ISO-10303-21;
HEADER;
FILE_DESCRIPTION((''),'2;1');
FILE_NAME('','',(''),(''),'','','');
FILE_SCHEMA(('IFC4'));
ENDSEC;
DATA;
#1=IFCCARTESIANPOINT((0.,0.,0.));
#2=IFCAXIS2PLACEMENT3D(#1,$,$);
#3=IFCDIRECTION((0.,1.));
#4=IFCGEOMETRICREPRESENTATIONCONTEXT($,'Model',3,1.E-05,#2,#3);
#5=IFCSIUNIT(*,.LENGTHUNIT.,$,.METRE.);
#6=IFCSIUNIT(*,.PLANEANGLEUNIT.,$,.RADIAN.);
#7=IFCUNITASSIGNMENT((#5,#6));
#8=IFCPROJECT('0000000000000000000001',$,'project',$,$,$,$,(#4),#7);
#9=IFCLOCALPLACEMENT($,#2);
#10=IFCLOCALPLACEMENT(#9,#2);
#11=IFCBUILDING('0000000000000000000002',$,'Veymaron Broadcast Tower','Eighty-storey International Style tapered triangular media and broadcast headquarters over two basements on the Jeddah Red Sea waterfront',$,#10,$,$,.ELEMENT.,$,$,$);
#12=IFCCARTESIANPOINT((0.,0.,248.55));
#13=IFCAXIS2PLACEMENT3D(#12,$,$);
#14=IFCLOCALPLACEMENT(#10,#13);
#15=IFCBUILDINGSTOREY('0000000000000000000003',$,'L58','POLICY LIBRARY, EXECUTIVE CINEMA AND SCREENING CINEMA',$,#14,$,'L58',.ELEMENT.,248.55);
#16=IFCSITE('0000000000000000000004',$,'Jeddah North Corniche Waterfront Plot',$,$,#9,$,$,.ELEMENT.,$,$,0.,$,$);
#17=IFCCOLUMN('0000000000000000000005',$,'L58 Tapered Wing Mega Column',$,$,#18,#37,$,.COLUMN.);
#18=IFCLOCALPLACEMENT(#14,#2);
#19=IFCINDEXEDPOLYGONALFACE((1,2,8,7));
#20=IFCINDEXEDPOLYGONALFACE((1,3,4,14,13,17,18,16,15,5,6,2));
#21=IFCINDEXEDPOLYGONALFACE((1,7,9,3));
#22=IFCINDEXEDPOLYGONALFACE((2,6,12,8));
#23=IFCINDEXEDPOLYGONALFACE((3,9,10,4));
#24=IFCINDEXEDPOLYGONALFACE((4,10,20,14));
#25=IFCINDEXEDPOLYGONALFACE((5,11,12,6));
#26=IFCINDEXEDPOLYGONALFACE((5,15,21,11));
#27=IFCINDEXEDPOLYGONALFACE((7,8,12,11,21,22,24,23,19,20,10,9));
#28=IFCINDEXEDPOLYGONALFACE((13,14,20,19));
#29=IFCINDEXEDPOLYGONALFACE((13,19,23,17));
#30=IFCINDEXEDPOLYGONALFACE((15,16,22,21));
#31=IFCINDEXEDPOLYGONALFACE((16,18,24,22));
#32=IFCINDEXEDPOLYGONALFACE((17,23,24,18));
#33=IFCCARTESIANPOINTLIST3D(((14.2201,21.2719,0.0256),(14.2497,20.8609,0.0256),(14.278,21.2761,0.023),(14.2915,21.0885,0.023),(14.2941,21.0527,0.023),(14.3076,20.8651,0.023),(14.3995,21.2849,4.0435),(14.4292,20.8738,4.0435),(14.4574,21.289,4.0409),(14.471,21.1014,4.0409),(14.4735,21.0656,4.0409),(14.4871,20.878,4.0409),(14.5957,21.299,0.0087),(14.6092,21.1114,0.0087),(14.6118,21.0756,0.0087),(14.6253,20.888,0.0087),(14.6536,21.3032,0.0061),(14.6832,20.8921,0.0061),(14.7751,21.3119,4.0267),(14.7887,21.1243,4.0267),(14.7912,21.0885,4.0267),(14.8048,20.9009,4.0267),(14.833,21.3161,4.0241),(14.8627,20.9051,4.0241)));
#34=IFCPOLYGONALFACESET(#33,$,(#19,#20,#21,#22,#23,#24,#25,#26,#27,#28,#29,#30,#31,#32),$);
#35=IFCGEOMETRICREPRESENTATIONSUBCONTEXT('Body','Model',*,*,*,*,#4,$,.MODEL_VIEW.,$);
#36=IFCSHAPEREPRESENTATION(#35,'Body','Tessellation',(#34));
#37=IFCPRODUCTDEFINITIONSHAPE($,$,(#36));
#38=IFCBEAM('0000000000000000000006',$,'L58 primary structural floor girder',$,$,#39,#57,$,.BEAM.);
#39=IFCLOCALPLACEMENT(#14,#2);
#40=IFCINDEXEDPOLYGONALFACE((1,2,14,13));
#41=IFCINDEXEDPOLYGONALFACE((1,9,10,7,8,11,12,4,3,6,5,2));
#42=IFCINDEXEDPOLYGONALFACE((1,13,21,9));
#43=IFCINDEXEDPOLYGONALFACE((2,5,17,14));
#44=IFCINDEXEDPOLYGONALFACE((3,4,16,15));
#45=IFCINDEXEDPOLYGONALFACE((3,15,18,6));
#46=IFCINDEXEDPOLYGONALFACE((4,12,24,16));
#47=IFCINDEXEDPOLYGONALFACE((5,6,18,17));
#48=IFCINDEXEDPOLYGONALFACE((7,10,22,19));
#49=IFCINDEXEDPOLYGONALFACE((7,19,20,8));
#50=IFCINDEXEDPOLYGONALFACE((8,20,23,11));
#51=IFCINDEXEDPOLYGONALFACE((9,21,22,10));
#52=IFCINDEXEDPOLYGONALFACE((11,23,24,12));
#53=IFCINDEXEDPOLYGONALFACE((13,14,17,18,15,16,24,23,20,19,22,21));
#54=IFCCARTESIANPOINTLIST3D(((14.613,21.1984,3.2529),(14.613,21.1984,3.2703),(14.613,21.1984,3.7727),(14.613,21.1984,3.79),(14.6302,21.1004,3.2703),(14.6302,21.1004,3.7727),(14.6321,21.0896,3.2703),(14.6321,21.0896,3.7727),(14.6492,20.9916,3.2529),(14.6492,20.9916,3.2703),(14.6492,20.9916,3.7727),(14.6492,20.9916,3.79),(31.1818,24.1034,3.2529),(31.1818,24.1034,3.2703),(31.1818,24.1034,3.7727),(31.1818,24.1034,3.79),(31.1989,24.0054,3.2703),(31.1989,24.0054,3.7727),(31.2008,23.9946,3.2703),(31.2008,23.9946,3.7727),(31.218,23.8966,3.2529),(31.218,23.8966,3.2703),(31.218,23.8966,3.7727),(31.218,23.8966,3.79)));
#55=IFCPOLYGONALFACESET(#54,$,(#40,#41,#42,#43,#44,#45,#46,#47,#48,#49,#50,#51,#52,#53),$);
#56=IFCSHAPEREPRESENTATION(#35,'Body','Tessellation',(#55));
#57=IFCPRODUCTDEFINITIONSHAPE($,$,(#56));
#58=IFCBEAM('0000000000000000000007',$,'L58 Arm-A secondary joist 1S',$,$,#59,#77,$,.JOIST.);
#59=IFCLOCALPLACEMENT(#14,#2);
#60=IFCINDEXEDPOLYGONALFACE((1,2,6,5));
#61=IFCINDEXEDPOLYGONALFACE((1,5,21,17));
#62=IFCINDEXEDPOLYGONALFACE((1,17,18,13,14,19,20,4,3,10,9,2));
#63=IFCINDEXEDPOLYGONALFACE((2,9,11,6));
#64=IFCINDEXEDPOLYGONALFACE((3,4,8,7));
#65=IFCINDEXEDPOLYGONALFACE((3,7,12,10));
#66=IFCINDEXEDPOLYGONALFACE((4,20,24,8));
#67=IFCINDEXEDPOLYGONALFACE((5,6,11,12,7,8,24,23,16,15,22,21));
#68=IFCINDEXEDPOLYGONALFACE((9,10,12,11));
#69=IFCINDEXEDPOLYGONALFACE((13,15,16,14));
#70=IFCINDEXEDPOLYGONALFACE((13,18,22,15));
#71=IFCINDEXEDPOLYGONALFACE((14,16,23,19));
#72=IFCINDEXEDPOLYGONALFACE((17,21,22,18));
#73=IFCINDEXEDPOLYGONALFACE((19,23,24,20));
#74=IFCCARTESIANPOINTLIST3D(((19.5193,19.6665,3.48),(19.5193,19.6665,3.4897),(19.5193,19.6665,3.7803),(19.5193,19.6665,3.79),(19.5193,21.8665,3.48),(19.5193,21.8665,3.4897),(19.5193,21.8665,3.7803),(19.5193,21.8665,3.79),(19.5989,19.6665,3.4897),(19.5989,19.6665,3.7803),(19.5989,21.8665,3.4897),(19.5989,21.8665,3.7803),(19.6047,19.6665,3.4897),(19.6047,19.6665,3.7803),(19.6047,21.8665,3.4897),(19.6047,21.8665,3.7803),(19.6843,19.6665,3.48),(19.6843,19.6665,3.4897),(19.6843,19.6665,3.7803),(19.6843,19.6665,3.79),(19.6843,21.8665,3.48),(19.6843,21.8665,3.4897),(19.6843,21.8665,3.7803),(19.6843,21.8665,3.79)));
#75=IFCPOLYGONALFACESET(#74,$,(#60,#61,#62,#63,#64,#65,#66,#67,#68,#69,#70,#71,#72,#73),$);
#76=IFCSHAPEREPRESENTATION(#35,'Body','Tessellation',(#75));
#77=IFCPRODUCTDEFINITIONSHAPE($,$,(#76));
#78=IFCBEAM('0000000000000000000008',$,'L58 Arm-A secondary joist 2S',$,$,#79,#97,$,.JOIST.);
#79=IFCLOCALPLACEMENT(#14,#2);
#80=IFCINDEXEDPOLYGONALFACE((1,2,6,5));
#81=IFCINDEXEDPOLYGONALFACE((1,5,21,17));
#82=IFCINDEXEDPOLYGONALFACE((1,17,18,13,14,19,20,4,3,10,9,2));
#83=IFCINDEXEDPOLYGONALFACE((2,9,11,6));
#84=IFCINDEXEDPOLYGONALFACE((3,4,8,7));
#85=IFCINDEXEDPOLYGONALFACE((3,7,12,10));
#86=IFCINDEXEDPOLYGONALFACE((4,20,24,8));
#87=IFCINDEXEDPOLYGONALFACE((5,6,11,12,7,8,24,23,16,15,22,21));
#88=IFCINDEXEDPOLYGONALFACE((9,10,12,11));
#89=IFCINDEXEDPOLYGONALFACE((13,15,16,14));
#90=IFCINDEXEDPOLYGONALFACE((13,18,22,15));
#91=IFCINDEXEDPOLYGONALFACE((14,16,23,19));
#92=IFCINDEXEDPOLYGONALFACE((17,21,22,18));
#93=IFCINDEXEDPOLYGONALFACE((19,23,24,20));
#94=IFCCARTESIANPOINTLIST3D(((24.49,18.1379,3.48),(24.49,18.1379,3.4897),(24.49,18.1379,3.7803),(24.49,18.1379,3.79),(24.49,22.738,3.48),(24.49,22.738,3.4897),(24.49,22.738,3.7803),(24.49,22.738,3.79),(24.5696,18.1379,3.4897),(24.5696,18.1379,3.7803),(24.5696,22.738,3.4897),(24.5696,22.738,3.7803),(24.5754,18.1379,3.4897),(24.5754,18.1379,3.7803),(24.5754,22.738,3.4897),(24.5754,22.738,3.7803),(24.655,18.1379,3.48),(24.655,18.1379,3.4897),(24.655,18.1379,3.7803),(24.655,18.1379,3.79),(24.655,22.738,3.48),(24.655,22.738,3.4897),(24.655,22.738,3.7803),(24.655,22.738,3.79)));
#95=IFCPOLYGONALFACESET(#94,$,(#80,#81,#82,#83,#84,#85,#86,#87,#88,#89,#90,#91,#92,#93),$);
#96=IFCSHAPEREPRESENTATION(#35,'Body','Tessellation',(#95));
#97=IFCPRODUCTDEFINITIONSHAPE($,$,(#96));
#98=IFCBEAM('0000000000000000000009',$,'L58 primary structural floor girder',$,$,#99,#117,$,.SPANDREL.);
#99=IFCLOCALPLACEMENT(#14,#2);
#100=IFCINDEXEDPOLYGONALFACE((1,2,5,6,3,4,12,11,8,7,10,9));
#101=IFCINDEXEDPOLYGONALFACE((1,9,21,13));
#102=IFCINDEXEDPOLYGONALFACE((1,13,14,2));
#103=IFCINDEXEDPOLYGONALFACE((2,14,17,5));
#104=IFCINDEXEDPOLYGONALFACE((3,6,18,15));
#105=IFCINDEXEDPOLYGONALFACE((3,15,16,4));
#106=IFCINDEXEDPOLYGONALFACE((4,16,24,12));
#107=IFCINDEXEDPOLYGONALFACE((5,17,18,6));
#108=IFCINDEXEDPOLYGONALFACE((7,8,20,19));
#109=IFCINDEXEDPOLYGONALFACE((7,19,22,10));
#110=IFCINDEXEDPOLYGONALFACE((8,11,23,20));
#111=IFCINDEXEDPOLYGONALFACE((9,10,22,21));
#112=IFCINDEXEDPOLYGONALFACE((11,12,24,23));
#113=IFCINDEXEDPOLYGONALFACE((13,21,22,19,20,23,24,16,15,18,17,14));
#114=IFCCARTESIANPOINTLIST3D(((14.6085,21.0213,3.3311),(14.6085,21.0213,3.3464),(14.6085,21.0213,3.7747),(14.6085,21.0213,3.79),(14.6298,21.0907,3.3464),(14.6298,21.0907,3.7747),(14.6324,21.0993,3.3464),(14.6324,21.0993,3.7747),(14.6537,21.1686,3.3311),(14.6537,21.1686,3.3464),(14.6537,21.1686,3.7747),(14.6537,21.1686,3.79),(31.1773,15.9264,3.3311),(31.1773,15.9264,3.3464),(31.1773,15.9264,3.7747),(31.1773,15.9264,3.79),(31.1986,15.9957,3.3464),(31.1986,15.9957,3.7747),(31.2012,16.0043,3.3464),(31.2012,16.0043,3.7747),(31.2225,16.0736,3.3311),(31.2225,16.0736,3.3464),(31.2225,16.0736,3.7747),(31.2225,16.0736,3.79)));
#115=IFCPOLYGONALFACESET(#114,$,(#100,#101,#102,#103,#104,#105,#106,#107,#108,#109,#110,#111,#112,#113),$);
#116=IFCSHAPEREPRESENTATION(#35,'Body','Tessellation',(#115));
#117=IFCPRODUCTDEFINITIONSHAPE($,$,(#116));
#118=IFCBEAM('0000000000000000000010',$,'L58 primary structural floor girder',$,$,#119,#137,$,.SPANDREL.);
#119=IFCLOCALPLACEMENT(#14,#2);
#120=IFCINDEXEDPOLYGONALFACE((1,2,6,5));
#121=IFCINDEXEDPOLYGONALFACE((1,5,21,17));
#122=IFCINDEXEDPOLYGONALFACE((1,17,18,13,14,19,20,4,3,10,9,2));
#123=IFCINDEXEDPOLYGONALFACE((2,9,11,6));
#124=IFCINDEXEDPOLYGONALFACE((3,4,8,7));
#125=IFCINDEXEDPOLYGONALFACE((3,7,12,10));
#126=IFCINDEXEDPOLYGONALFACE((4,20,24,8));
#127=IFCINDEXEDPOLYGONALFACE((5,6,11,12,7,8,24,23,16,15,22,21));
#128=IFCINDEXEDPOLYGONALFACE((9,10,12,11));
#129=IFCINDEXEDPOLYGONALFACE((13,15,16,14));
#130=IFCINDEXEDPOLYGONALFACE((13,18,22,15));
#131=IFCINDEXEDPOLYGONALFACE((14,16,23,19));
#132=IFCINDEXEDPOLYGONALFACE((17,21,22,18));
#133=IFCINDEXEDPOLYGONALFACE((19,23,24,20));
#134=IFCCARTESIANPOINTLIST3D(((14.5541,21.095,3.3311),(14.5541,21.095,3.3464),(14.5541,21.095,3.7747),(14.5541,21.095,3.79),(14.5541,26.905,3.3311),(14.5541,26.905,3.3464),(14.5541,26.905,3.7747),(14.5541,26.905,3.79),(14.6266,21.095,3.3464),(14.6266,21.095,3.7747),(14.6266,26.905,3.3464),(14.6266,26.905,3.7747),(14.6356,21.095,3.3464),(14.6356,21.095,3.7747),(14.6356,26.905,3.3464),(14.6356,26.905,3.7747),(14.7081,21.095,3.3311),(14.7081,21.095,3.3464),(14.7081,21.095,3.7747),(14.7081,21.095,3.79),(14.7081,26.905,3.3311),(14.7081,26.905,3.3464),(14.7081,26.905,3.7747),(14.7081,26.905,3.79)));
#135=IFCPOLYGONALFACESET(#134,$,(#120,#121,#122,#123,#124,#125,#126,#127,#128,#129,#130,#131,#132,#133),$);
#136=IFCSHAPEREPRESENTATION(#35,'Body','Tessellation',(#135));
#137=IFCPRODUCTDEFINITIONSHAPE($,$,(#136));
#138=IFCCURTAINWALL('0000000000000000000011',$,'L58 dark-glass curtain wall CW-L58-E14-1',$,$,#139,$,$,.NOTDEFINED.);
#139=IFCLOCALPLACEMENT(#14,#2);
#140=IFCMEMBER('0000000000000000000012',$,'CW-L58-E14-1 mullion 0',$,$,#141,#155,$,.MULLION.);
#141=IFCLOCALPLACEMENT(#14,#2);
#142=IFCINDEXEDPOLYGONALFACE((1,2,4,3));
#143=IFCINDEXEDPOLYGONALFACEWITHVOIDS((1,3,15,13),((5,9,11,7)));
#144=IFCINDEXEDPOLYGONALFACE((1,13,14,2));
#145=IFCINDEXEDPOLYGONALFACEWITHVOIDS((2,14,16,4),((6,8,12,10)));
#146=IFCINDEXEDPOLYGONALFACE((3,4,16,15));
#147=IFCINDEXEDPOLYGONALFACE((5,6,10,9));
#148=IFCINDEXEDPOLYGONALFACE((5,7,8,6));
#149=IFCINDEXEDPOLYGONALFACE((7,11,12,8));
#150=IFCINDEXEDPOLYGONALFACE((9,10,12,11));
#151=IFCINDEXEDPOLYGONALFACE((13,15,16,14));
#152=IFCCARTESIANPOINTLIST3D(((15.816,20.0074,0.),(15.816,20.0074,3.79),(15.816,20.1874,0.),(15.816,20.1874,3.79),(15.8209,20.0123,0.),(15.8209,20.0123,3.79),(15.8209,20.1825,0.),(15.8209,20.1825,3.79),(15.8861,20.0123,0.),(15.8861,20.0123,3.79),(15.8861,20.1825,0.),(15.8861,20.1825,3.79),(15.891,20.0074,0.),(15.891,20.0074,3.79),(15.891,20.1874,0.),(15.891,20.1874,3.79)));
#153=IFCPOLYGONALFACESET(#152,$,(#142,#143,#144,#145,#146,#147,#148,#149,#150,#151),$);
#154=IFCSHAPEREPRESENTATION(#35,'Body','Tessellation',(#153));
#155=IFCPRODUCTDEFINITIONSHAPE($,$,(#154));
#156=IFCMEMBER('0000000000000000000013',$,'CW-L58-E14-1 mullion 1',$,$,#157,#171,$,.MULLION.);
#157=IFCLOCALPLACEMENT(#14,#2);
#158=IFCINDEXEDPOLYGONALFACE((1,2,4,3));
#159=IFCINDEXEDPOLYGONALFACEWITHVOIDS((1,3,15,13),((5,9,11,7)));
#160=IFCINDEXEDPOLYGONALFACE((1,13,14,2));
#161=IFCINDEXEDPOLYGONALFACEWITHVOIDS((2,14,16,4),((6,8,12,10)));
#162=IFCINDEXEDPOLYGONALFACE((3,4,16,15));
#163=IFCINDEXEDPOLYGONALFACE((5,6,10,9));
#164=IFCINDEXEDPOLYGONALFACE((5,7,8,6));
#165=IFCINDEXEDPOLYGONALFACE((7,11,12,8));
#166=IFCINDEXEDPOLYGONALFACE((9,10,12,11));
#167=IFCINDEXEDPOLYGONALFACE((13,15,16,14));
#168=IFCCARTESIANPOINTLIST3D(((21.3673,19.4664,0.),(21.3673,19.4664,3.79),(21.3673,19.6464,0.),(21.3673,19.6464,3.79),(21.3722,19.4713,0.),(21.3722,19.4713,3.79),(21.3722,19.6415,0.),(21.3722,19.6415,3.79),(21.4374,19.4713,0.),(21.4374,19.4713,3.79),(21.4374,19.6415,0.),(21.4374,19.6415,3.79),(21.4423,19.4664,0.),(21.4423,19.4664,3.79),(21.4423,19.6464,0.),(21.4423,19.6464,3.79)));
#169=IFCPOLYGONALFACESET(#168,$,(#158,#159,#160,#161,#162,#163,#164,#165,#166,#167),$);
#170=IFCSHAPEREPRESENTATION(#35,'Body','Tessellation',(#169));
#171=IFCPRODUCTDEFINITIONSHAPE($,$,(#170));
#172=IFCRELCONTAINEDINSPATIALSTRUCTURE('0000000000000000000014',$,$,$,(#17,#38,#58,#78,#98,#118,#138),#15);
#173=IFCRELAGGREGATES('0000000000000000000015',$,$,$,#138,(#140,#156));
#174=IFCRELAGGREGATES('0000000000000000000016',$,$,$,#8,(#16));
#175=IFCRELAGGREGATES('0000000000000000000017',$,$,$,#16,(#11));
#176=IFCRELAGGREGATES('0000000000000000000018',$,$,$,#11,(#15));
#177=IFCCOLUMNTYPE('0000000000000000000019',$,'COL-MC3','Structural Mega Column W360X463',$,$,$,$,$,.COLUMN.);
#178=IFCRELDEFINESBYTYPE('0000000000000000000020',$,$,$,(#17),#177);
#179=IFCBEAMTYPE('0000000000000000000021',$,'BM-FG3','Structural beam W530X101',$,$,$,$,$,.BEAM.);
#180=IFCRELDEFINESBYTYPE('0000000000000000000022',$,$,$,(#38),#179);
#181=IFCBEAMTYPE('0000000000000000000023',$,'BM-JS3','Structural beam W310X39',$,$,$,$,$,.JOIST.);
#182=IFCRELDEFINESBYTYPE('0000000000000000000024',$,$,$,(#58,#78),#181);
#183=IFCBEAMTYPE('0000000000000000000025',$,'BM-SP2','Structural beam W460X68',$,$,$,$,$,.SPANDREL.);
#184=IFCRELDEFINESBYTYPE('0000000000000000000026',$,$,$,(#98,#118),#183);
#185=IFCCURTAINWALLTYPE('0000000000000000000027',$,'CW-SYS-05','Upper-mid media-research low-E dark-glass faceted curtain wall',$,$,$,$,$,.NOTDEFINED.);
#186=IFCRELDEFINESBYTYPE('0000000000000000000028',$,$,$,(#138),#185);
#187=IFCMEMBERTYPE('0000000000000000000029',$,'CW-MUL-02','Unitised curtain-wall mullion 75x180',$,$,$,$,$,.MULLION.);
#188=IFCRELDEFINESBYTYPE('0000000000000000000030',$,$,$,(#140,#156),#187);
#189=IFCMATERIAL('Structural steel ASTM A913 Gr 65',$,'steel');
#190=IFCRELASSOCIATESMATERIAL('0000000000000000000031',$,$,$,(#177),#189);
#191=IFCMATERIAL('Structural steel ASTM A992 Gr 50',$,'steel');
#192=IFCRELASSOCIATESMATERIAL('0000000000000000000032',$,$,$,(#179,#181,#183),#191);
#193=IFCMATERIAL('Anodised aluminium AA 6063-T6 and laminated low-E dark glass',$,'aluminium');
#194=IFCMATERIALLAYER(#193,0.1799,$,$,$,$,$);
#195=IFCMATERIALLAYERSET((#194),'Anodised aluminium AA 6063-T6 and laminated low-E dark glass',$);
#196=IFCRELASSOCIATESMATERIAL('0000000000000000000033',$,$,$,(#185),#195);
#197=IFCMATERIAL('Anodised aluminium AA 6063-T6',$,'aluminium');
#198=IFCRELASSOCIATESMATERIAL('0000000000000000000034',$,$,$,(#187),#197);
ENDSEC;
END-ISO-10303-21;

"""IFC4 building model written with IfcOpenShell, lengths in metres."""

from ifc_helpers import new_model, si_unit, direction, frame, origin, origin_2d, place, context, subcontext, project, spatial, hollow_rectangle, i_section, extrude, material, layer, layer_set, material_profile, profile_set, type_object, element, aggregate, save


model = new_model("IFC4")

# Units and contexts
model_context = context("Model", 3, precision=1e-05, world=origin(), true_north=direction((0.0, 1.0)))
body_context = subcontext(model_context, "Body", "Model", "MODEL_VIEW")
ifc_project = project(units=[si_unit("LENGTHUNIT", "METRE"), si_unit("PLANEANGLEUNIT", "RADIAN")], contexts=[model_context])

# Site, building, storey
site_placement = place(None, origin())
site = spatial("IfcSite", under=ifc_project, at=site_placement, Name="Jeddah North Corniche Waterfront Plot", CompositionType="ELEMENT", RefElevation=0.0)
building_placement = place(site_placement, origin())
building = spatial("IfcBuilding", under=site, at=building_placement, Name="Veymaron Broadcast Tower", Description="Eighty-storey International Style tapered triangular media and broadcast headquarters over two basements on the Jeddah Red Sea waterfront", CompositionType="ELEMENT")
storey_placement = place(building_placement, frame((0.0, 0.0, 248.55)))
storey = spatial("IfcBuildingStorey", under=building, at=storey_placement, Name="L58", Description="POLICY LIBRARY, EXECUTIVE CINEMA AND SCREENING CINEMA", LongName="L58", CompositionType="ELEMENT", Elevation=248.55)

# Column
ifc_material_1 = material(Name="Structural steel ASTM A913 Gr 65", Category="steel")
ifc_material_profile_1 = material_profile(ifc_material_1, i_section(OverallWidth=0.4121, OverallDepth=0.4351, WebThickness=0.0359, FlangeThickness=0.0581, at=origin_2d()), Name="W360X463")
ifc_profile_set_1 = profile_set([ifc_material_profile_1], Name="Structural steel ASTM A913 Gr 65")
column_type = type_object("IfcColumnType", Name="COL-MC3", Description="Structural Mega Column W360X463", PredefinedType="COLUMN", material=ifc_profile_set_1)
column_placement = place(storey_placement, frame((14.4517, 21.082, 0.0159), z_axis=(0.044614, 0.003217, 0.998999), x_axis=(-0.071922, 0.99741, 0.0)))
element("IfcColumn", 1, at=column_placement, inside=storey, type_object=column_type, Name="L58 Tapered Wing Mega Column", PredefinedType="COLUMN", context=body_context, shape_type="SweptSolid", body=[
    extrude(i_section(OverallWidth=0.4121, OverallDepth=0.4351, WebThickness=0.0359, FlangeThickness=0.0581, at=origin_2d()), origin(), (0.0, 0.0, 1.0), 4.022),
])

# Beams
ifc_material_2 = material(Name="Structural steel ASTM A992 Gr 50", Category="steel")
ifc_material_profile_2 = material_profile(ifc_material_2, i_section(OverallWidth=0.21, OverallDepth=0.5371, WebThickness=0.011, FlangeThickness=0.0173, at=origin_2d()), Name="W530X101")
ifc_profile_set_2 = profile_set([ifc_material_profile_2], Name="Structural steel ASTM A992 Gr 50")
beam_type_1 = type_object("IfcBeamType", Name="BM-FG3", Description="Structural beam W530X101", PredefinedType="BEAM", material=ifc_profile_set_2)
beam_1_placement = place(storey_placement, frame((14.6311, 21.095, 3.5215), z_axis=(0.984975, 0.172696, 0.0), x_axis=(-0.172696, 0.984975, 0.0)))
element("IfcBeam", 2, at=beam_1_placement, inside=storey, type_object=beam_type_1, Name="L58 primary structural floor girder", PredefinedType="BEAM", context=body_context, shape_type="SweptSolid", body=[
    extrude(i_section(OverallWidth=0.21, OverallDepth=0.5371, WebThickness=0.011, FlangeThickness=0.0173, at=origin_2d()), origin(), (0.0, 0.0, 1.0), 16.8215),
])
ifc_material_profile_3 = material_profile(ifc_material_2, i_section(OverallWidth=0.165, OverallDepth=0.3101, WebThickness=0.0059, FlangeThickness=0.0098, at=origin_2d()), Name="W310X39")
ifc_profile_set_3 = profile_set([ifc_material_profile_3], Name="Structural steel ASTM A992 Gr 50")
beam_type_2 = type_object("IfcBeamType", Name="BM-JS3", Description="Structural beam W310X39", PredefinedType="JOIST", material=ifc_profile_set_3)
beam_2_placement = place(storey_placement, frame((19.6018, 19.6665, 3.635), z_axis=(0.0, 1.0, 0.0), x_axis=(-1.0, 0.0, 0.0)))
element("IfcBeam", 3, at=beam_2_placement, inside=storey, type_object=beam_type_2, Name="L58 Arm-A secondary joist 1S", PredefinedType="JOIST", context=body_context, shape_type="SweptSolid", body=[
    extrude(i_section(OverallWidth=0.165, OverallDepth=0.3101, WebThickness=0.0059, FlangeThickness=0.0098, at=origin_2d()), origin(), (0.0, 0.0, 1.0), 2.2),
])
beam_3_placement = place(storey_placement, frame((24.5725, 18.1379, 3.635), z_axis=(0.0, 1.0, 0.0), x_axis=(-1.0, 0.0, 0.0)))
element("IfcBeam", 4, at=beam_3_placement, inside=storey, type_object=beam_type_2, Name="L58 Arm-A secondary joist 2S", PredefinedType="JOIST", context=body_context, shape_type="SweptSolid", body=[
    extrude(i_section(OverallWidth=0.165, OverallDepth=0.3101, WebThickness=0.0059, FlangeThickness=0.0098, at=origin_2d()), origin(), (0.0, 0.0, 1.0), 4.6001),
])
ifc_material_profile_4 = material_profile(ifc_material_2, i_section(OverallWidth=0.1541, OverallDepth=0.459, WebThickness=0.009, FlangeThickness=0.0154, at=origin_2d()), Name="W460X68")
ifc_profile_set_4 = profile_set([ifc_material_profile_4], Name="Structural steel ASTM A992 Gr 50")
beam_type_3 = type_object("IfcBeamType", Name="BM-SP2", Description="Structural beam W460X68", PredefinedType="SPANDREL", material=ifc_profile_set_4)
beam_4_placement = place(storey_placement, frame((14.6311, 21.095, 3.5605), z_axis=(0.95583, -0.293921, 0.0), x_axis=(0.293921, 0.95583, 0.0)))
element("IfcBeam", 5, at=beam_4_placement, inside=storey, type_object=beam_type_3, Name="L58 primary structural floor girder", PredefinedType="SPANDREL", context=body_context, shape_type="SweptSolid", body=[
    extrude(i_section(OverallWidth=0.1541, OverallDepth=0.459, WebThickness=0.009, FlangeThickness=0.0154, at=origin_2d()), origin(), (0.0, 0.0, 1.0), 17.3345),
])
beam_5_placement = place(storey_placement, frame((14.6311, 21.095, 3.5605), z_axis=(0.0, 1.0, 0.0), x_axis=(-1.0, 0.0, 0.0)))
element("IfcBeam", 6, at=beam_5_placement, inside=storey, type_object=beam_type_3, Name="L58 primary structural floor girder", PredefinedType="SPANDREL", context=body_context, shape_type="SweptSolid", body=[
    extrude(i_section(OverallWidth=0.1541, OverallDepth=0.459, WebThickness=0.009, FlangeThickness=0.0154, at=origin_2d()), origin(), (0.0, 0.0, 1.0), 5.8101),
])

# Curtain wall, members
ifc_material_3 = material(Name="Anodised aluminium AA 6063-T6 and laminated low-E dark glass", Category="aluminium")
ifc_layer_1 = layer(ifc_material_3, 0.1799)
ifc_layer_set_1 = layer_set([ifc_layer_1], Name="Anodised aluminium AA 6063-T6 and laminated low-E dark glass")
curtain_wall_type = type_object("IfcCurtainWallType", Name="CW-SYS-05", Description="Upper-mid media-research low-E dark-glass faceted curtain wall", PredefinedType="NOTDEFINED", material=ifc_layer_set_1)
curtain_wall_placement = place(storey_placement, origin())
curtain_wall = element("IfcCurtainWall", 7, at=curtain_wall_placement, inside=storey, type_object=curtain_wall_type, Name="L58 dark-glass curtain wall CW-L58-E14-1", PredefinedType="NOTDEFINED")
ifc_material_4 = material(Name="Anodised aluminium AA 6063-T6", Category="aluminium")
ifc_material_profile_5 = material_profile(ifc_material_4, hollow_rectangle(XDim=0.075, YDim=0.1799, WallThickness=0.0049, at=origin_2d()), Name="AL180X75X5")
ifc_profile_set_5 = profile_set([ifc_material_profile_5], Name="Anodised aluminium AA 6063-T6")
member_type_1 = type_object("IfcMemberType", Name="CW-MUL-02", Description="Unitised curtain-wall mullion 75x180", PredefinedType="MULLION", material=ifc_profile_set_5)
member_1_placement = place(storey_placement, frame((15.8535, 20.0974, 0.0), z_axis=(0.0, 0.0, 1.0), x_axis=(1.0, 0.0, 0.0)))
member_1 = element("IfcMember", 8, at=member_1_placement, type_object=member_type_1, Name="CW-L58-E14-1 mullion 0", PredefinedType="MULLION", context=body_context, shape_type="SweptSolid", body=[
    extrude(hollow_rectangle(XDim=0.075, YDim=0.1799, WallThickness=0.0049, at=origin_2d()), origin(), (0.0, 0.0, 1.0), 3.79),
])
member_2_placement = place(storey_placement, frame((21.4048, 19.5564, 0.0), z_axis=(0.0, 0.0, 1.0), x_axis=(1.0, 0.0, 0.0)))
member_2 = element("IfcMember", 9, at=member_2_placement, type_object=member_type_1, Name="CW-L58-E14-1 mullion 1", PredefinedType="MULLION", context=body_context, shape_type="SweptSolid", body=[
    extrude(hollow_rectangle(XDim=0.075, YDim=0.1799, WallThickness=0.0049, at=origin_2d()), origin(), (0.0, 0.0, 1.0), 3.79),
])
aggregate(curtain_wall, [member_1, member_2])

save(model, "model.ifc")
